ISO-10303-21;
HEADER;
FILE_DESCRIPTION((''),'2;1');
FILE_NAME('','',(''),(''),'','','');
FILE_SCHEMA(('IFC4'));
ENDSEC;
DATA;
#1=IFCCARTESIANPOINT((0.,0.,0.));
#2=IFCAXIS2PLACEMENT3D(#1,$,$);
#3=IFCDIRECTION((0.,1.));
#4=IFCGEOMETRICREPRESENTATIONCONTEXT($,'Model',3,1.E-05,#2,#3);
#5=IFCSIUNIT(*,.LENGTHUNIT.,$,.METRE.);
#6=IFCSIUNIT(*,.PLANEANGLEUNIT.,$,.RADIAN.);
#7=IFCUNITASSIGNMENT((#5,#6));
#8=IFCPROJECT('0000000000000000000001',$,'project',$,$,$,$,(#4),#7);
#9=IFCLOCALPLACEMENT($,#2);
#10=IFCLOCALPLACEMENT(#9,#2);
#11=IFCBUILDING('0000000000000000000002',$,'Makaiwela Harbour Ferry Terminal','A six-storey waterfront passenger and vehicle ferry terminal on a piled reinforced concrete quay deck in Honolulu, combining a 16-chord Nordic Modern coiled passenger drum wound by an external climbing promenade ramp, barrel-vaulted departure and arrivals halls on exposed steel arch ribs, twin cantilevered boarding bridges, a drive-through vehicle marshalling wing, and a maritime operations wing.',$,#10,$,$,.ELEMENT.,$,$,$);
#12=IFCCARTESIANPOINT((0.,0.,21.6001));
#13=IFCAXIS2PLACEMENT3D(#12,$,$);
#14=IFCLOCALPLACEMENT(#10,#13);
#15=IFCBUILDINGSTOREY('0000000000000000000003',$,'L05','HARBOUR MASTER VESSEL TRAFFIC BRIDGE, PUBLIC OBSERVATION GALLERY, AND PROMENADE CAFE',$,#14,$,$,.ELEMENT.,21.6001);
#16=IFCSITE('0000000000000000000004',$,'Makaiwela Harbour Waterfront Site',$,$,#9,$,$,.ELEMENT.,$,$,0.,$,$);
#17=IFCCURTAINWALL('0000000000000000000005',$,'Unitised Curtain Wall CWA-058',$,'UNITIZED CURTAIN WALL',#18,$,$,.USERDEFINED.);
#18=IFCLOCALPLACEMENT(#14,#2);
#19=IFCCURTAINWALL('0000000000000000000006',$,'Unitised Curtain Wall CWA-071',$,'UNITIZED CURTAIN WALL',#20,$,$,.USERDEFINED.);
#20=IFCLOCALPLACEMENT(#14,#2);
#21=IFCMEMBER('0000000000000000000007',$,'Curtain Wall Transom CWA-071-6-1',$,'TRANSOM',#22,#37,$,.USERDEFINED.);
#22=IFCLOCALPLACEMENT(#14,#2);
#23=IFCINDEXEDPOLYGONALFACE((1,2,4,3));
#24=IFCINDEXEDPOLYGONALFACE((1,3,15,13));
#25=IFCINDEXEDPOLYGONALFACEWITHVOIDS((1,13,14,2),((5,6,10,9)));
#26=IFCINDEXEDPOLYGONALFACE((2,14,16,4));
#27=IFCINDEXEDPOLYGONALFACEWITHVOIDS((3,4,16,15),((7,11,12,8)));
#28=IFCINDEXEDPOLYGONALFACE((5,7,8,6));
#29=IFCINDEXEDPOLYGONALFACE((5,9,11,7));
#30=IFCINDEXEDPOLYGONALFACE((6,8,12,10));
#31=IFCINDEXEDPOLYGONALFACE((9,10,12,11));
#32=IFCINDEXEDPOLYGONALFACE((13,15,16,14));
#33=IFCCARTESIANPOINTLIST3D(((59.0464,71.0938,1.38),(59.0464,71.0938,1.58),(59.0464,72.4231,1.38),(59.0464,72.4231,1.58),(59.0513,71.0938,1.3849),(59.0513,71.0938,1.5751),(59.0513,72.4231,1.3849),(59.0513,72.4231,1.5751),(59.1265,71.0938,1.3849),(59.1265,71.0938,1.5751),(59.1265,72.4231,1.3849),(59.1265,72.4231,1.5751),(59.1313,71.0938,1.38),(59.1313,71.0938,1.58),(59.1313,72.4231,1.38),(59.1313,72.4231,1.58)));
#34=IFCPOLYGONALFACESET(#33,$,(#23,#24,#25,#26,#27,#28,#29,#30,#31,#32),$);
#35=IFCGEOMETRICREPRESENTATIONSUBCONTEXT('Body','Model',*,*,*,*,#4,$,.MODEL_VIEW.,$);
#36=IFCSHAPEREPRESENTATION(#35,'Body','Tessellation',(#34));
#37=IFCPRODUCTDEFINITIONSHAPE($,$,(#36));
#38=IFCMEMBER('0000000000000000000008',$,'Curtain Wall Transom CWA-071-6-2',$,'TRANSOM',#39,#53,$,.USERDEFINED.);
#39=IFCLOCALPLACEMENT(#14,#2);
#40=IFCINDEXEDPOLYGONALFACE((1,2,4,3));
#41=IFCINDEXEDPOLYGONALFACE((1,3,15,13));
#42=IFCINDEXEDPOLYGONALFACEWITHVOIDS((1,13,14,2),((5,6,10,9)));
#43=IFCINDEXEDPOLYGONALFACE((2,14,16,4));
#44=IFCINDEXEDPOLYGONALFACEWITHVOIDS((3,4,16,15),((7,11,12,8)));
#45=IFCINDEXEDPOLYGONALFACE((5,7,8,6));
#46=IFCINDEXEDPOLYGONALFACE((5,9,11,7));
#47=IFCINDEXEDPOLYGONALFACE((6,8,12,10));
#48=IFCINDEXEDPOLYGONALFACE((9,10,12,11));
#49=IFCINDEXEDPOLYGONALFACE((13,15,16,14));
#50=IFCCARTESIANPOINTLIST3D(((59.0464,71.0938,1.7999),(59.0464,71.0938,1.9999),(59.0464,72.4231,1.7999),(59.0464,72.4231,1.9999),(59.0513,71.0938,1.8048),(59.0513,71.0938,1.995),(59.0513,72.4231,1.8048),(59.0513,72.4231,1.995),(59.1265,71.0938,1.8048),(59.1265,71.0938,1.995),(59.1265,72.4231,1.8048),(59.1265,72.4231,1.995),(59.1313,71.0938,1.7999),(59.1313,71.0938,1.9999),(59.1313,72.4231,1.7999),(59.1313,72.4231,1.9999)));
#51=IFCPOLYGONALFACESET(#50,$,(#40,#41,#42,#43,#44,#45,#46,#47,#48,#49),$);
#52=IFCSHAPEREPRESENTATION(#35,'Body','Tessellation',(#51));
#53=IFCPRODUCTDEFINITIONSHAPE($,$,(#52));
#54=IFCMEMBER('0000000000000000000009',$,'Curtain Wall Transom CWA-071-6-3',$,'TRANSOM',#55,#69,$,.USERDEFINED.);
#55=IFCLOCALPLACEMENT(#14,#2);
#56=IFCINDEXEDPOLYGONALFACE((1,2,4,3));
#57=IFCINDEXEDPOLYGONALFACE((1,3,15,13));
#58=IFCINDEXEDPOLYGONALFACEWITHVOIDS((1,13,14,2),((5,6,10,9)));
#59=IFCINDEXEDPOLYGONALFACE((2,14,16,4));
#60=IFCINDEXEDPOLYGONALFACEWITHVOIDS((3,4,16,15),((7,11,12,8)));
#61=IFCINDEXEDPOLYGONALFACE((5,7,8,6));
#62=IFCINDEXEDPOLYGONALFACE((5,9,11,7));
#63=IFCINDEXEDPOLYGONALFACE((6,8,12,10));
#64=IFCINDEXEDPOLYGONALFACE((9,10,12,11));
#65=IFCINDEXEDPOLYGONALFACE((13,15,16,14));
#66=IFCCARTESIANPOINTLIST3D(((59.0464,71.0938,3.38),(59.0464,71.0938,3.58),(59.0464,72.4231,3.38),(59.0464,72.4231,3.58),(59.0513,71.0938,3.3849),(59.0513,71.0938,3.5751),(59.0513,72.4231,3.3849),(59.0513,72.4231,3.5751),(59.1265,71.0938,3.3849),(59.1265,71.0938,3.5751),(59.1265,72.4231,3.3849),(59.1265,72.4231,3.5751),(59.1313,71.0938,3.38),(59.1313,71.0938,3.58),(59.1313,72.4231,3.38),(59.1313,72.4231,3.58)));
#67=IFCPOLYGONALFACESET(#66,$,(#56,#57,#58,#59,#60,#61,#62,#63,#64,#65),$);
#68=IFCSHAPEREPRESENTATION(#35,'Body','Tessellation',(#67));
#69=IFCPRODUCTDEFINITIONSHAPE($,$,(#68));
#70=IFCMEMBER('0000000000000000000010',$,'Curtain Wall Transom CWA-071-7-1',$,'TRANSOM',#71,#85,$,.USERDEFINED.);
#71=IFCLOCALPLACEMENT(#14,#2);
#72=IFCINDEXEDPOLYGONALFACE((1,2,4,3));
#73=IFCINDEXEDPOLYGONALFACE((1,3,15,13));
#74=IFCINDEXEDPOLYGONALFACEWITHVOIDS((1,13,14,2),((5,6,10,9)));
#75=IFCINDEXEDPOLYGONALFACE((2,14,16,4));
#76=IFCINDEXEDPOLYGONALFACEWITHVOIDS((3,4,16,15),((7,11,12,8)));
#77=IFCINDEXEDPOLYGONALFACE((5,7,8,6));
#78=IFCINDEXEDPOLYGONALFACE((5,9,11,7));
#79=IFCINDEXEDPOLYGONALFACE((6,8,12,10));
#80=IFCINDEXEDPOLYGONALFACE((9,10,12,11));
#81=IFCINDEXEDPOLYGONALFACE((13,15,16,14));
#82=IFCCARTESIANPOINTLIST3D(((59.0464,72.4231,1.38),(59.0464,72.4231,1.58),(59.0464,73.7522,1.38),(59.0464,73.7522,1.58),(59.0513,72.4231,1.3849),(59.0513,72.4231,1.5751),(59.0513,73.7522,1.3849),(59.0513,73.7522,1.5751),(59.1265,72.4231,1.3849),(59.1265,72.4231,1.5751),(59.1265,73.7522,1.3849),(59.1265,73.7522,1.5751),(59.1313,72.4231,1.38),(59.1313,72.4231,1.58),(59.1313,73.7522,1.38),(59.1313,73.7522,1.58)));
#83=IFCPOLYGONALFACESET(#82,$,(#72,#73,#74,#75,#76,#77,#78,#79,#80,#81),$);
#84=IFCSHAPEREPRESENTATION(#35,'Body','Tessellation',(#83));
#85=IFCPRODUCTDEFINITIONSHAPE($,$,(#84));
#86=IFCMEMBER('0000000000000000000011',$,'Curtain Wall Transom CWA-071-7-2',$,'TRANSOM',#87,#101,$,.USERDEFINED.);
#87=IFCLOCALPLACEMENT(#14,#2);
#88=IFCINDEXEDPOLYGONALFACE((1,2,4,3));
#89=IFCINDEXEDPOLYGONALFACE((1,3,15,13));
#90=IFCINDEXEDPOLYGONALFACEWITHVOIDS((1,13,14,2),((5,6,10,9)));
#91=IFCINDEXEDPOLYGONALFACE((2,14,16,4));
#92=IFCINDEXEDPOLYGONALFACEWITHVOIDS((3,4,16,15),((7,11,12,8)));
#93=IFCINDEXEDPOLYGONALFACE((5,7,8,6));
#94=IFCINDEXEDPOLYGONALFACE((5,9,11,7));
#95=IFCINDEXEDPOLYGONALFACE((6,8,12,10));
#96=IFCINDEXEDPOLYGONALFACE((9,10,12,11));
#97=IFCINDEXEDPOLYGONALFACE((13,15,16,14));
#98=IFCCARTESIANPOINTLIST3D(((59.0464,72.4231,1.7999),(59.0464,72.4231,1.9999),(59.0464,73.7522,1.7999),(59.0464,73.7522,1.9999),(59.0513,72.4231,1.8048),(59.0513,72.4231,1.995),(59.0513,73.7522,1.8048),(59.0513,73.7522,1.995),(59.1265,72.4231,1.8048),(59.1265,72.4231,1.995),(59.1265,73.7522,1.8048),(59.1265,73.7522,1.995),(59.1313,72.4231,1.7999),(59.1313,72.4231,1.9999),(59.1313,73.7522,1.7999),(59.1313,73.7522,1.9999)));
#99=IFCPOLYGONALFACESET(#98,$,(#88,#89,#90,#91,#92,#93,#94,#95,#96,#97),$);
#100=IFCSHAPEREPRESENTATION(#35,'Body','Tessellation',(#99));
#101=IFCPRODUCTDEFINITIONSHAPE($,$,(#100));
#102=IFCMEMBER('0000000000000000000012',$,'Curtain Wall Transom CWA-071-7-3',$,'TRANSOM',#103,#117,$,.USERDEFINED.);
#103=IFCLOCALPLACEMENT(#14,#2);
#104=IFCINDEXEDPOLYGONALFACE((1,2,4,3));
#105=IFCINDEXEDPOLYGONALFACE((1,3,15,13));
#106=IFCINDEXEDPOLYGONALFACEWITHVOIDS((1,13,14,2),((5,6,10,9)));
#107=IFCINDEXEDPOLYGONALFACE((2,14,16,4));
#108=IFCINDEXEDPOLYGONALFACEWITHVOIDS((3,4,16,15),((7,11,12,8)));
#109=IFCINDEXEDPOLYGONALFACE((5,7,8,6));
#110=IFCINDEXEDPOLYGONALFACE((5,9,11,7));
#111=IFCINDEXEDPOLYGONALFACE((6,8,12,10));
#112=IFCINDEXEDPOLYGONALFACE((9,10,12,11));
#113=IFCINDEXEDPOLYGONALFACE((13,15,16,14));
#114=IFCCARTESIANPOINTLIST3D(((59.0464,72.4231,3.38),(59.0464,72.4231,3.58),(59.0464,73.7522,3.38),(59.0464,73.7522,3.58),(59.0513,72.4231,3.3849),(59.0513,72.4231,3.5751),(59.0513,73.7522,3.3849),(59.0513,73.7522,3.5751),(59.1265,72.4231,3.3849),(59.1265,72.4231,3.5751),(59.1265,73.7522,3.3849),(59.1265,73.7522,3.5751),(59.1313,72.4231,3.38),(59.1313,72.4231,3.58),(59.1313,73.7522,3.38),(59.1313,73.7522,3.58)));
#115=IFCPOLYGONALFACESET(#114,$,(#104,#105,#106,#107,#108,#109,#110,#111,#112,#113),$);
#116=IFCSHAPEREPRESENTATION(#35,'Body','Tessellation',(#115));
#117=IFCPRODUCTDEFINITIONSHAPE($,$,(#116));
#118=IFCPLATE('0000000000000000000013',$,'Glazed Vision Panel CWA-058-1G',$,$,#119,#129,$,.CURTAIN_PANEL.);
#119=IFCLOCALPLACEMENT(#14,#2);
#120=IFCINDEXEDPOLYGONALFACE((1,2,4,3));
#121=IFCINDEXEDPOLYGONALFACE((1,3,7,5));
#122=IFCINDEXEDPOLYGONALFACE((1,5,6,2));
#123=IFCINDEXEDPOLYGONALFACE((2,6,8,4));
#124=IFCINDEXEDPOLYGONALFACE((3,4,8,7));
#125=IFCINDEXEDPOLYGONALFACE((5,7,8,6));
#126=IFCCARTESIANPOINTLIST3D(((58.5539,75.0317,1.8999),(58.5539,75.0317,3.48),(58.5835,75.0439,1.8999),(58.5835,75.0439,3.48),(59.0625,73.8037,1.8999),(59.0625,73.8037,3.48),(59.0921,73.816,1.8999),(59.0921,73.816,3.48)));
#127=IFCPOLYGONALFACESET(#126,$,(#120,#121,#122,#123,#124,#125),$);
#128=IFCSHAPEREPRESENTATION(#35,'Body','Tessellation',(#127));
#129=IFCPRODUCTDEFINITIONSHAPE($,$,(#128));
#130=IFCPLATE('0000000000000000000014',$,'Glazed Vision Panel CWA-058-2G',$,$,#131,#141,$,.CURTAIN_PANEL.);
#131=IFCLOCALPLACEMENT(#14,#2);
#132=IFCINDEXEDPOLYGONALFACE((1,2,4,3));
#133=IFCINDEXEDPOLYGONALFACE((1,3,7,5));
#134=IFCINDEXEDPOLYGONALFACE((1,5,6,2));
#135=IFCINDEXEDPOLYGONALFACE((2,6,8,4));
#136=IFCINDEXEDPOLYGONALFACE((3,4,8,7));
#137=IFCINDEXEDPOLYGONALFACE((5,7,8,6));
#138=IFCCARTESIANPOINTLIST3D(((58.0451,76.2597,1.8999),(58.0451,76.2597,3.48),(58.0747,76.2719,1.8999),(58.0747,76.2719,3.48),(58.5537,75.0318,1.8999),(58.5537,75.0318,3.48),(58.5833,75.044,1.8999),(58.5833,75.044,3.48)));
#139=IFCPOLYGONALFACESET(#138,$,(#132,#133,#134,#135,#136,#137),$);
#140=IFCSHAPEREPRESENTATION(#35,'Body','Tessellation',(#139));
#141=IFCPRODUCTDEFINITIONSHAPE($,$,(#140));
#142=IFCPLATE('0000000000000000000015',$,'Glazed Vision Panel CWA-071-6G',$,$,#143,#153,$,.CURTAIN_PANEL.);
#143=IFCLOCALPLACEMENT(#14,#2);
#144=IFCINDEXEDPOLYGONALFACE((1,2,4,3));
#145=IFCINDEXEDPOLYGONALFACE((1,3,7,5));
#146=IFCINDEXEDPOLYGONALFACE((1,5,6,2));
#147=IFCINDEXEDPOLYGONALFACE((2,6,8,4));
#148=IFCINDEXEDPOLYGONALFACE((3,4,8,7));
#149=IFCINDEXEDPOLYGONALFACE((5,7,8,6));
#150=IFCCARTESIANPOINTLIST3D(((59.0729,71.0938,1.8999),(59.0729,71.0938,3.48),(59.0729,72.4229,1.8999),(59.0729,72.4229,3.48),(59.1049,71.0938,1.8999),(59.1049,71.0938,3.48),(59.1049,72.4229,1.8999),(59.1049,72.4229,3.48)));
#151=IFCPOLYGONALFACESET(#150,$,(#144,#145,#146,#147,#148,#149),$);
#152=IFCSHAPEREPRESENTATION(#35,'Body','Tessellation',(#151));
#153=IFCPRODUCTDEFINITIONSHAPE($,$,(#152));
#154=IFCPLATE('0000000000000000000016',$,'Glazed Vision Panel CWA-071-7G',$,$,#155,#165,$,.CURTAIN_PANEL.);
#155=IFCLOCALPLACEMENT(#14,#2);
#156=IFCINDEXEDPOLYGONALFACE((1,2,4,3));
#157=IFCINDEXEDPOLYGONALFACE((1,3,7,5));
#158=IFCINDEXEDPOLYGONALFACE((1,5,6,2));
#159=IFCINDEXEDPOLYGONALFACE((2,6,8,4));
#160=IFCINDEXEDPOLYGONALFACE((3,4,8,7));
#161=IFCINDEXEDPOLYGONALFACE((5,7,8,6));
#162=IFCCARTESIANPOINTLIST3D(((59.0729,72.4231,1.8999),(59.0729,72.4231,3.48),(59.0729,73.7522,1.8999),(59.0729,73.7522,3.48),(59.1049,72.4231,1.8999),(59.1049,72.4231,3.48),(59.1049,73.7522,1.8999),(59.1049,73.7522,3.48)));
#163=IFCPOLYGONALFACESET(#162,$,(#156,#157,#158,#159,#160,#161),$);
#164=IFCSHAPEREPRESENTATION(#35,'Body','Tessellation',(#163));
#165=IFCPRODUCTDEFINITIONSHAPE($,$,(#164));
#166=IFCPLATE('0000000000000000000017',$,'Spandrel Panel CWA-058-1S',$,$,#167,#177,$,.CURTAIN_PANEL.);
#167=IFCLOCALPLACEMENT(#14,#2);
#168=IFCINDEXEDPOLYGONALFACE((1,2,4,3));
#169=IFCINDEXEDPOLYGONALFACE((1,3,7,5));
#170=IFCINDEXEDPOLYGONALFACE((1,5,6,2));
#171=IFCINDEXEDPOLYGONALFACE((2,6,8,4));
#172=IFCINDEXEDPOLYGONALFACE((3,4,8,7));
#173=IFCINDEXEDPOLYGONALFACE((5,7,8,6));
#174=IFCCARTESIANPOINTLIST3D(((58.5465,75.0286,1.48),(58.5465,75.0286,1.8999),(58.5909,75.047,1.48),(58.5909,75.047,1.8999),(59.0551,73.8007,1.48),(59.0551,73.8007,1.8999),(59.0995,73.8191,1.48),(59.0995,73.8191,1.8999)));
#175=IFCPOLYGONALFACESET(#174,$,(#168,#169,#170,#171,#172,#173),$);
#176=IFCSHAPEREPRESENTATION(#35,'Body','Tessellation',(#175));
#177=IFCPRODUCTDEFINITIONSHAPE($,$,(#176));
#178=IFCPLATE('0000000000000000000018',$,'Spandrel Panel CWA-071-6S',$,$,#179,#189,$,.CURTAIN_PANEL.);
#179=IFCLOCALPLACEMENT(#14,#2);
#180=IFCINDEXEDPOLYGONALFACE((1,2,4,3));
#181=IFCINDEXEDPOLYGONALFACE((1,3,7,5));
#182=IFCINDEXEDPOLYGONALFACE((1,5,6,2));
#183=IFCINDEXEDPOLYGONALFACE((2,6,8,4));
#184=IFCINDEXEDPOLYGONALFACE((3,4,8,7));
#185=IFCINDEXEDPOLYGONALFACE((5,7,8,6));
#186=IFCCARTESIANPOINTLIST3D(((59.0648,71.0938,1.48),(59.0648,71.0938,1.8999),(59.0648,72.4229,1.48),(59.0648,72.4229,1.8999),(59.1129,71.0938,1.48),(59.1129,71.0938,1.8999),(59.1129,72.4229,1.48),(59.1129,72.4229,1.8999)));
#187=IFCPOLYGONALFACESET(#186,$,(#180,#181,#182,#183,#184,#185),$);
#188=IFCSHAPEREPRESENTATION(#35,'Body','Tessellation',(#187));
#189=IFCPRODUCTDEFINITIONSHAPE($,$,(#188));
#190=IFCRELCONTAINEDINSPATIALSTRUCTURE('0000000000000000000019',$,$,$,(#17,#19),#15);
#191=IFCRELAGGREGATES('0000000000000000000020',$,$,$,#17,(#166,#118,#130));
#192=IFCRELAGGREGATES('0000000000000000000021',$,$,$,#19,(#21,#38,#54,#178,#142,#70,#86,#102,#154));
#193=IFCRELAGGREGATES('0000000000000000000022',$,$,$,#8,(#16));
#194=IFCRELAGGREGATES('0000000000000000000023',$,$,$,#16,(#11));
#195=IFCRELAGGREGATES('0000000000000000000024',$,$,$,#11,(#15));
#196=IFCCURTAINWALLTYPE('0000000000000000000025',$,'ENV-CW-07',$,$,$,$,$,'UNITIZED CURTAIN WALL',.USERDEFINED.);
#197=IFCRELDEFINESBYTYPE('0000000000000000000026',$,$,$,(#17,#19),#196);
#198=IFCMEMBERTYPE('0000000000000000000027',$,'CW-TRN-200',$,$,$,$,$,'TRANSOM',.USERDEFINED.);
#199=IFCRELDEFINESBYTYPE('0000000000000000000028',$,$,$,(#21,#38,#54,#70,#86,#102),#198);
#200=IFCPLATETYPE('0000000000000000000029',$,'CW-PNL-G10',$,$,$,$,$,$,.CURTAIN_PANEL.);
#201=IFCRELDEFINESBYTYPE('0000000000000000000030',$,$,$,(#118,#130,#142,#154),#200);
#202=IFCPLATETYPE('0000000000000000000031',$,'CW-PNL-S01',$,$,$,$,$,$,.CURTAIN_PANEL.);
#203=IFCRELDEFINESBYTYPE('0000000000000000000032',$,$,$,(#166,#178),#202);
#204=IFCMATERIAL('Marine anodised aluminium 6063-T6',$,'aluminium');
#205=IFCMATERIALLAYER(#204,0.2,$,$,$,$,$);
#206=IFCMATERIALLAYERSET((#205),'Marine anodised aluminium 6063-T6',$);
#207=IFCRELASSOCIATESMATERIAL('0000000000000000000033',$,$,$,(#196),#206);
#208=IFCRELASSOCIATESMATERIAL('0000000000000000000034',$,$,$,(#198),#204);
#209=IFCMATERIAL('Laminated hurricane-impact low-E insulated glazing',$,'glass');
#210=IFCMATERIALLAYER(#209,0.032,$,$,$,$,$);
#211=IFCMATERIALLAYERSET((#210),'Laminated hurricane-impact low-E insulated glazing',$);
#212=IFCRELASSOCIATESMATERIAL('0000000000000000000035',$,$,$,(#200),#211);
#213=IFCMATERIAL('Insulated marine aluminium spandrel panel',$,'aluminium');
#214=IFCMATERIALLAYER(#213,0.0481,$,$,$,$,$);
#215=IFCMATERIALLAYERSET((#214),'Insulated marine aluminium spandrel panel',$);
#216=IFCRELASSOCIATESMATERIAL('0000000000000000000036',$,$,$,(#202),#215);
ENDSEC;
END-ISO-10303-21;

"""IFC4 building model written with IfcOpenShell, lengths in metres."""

from ifc_helpers import new_model, si_unit, direction, frame, origin, origin_2d, place, context, subcontext, project, spatial, rectangle, hollow_rectangle, extrude, material, layer, layer_set, material_profile, profile_set, type_object, element, aggregate, save


model = new_model("IFC4")

# Units and contexts
model_context = context("Model", 3, precision=1e-05, world=origin(), true_north=direction((0.0, 1.0)))
body_context = subcontext(model_context, "Body", "Model", "MODEL_VIEW")
ifc_project = project(units=[si_unit("LENGTHUNIT", "METRE"), si_unit("PLANEANGLEUNIT", "RADIAN")], contexts=[model_context])

# Site, building, storey
site_placement = place(None, origin())
site = spatial("IfcSite", under=ifc_project, at=site_placement, Name="Makaiwela Harbour Waterfront Site", CompositionType="ELEMENT", RefElevation=0.0)
building_placement = place(site_placement, origin())
building = spatial("IfcBuilding", under=site, at=building_placement, Name="Makaiwela Harbour Ferry Terminal", Description="A six-storey waterfront passenger and vehicle ferry terminal on a piled reinforced concrete quay deck in Honolulu, combining a 16-chord Nordic Modern coiled passenger drum wound by an external climbing promenade ramp, barrel-vaulted departure and arrivals halls on exposed steel arch ribs, twin cantilevered boarding bridges, a drive-through vehicle marshalling wing, and a maritime operations wing.", CompositionType="ELEMENT")
storey_placement = place(building_placement, frame((0.0, 0.0, 21.6001)))
storey = spatial("IfcBuildingStorey", under=building, at=storey_placement, Name="L05", Description="HARBOUR MASTER VESSEL TRAFFIC BRIDGE, PUBLIC OBSERVATION GALLERY, AND PROMENADE CAFE", CompositionType="ELEMENT", Elevation=21.6001)

# Curtain walls
ifc_material_1 = material(Name="Marine anodised aluminium 6063-T6", Category="aluminium")
ifc_layer_1 = layer(ifc_material_1, 0.2)
ifc_layer_set_1 = layer_set([ifc_layer_1], Name="Marine anodised aluminium 6063-T6")
curtain_wall_type = type_object("IfcCurtainWallType", Name="ENV-CW-07", ElementType="UNITIZED CURTAIN WALL", PredefinedType="USERDEFINED", material=ifc_layer_set_1)
curtain_wall_1_placement = place(storey_placement, origin())
curtain_wall_1 = element("IfcCurtainWall", 1, at=curtain_wall_1_placement, inside=storey, type_object=curtain_wall_type, Name="Unitised Curtain Wall CWA-058", ObjectType="UNITIZED CURTAIN WALL", PredefinedType="USERDEFINED")
curtain_wall_2_placement = place(storey_placement, origin())
curtain_wall_2 = element("IfcCurtainWall", 2, at=curtain_wall_2_placement, inside=storey, type_object=curtain_wall_type, Name="Unitised Curtain Wall CWA-071", ObjectType="UNITIZED CURTAIN WALL", PredefinedType="USERDEFINED")

# Members
ifc_material_profile_1 = material_profile(ifc_material_1, hollow_rectangle(XDim=0.085, YDim=0.2, WallThickness=0.0049, at=origin_2d()), Name="CWT-200X85")
ifc_profile_set_1 = profile_set([ifc_material_profile_1], Name="Marine anodised aluminium 6063-T6")
member_type_1 = type_object("IfcMemberType", Name="CW-TRN-200", ElementType="TRANSOM", PredefinedType="USERDEFINED", material=ifc_profile_set_1)
member_1_placement = place(storey_placement, frame((59.0889, 71.0938, 1.48), z_axis=(0.0, 1.0, 0.0), x_axis=(-1.0, 0.0, 0.0)))
member_1 = element("IfcMember", 3, at=member_1_placement, type_object=member_type_1, Name="Curtain Wall Transom CWA-071-6-1", ObjectType="TRANSOM", PredefinedType="USERDEFINED", context=body_context, shape_type="SweptSolid", body=[
    extrude(hollow_rectangle(XDim=0.085, YDim=0.2, WallThickness=0.0049, at=origin_2d()), origin(), (0.0, 0.0, 1.0), 1.3293),
])
member_2_placement = place(storey_placement, frame((59.0889, 71.0938, 1.8999), z_axis=(0.0, 1.0, 0.0), x_axis=(-1.0, 0.0, 0.0)))
member_2 = element("IfcMember", 4, at=member_2_placement, type_object=member_type_1, Name="Curtain Wall Transom CWA-071-6-2", ObjectType="TRANSOM", PredefinedType="USERDEFINED", context=body_context, shape_type="SweptSolid", body=[
    extrude(hollow_rectangle(XDim=0.085, YDim=0.2, WallThickness=0.0049, at=origin_2d()), origin(), (0.0, 0.0, 1.0), 1.3293),
])
member_3_placement = place(storey_placement, frame((59.0889, 71.0938, 3.48), z_axis=(0.0, 1.0, 0.0), x_axis=(-1.0, 0.0, 0.0)))
member_3 = element("IfcMember", 5, at=member_3_placement, type_object=member_type_1, Name="Curtain Wall Transom CWA-071-6-3", ObjectType="TRANSOM", PredefinedType="USERDEFINED", context=body_context, shape_type="SweptSolid", body=[
    extrude(hollow_rectangle(XDim=0.085, YDim=0.2, WallThickness=0.0049, at=origin_2d()), origin(), (0.0, 0.0, 1.0), 1.3293),
])
member_4_placement = place(storey_placement, frame((59.0889, 72.4231, 1.48), z_axis=(0.0, 1.0, 0.0), x_axis=(-1.0, 0.0, 0.0)))
member_4 = element("IfcMember", 6, at=member_4_placement, type_object=member_type_1, Name="Curtain Wall Transom CWA-071-7-1", ObjectType="TRANSOM", PredefinedType="USERDEFINED", context=body_context, shape_type="SweptSolid", body=[
    extrude(hollow_rectangle(XDim=0.085, YDim=0.2, WallThickness=0.0049, at=origin_2d()), origin(), (0.0, 0.0, 1.0), 1.3291),
])
member_5_placement = place(storey_placement, frame((59.0889, 72.4231, 1.8999), z_axis=(0.0, 1.0, 0.0), x_axis=(-1.0, 0.0, 0.0)))
member_5 = element("IfcMember", 7, at=member_5_placement, type_object=member_type_1, Name="Curtain Wall Transom CWA-071-7-2", ObjectType="TRANSOM", PredefinedType="USERDEFINED", context=body_context, shape_type="SweptSolid", body=[
    extrude(hollow_rectangle(XDim=0.085, YDim=0.2, WallThickness=0.0049, at=origin_2d()), origin(), (0.0, 0.0, 1.0), 1.3291),
])
member_6_placement = place(storey_placement, frame((59.0889, 72.4231, 3.48), z_axis=(0.0, 1.0, 0.0), x_axis=(-1.0, 0.0, 0.0)))
member_6 = element("IfcMember", 8, at=member_6_placement, type_object=member_type_1, Name="Curtain Wall Transom CWA-071-7-3", ObjectType="TRANSOM", PredefinedType="USERDEFINED", context=body_context, shape_type="SweptSolid", body=[
    extrude(hollow_rectangle(XDim=0.085, YDim=0.2, WallThickness=0.0049, at=origin_2d()), origin(), (0.0, 0.0, 1.0), 1.3291),
])

# Plates
ifc_material_2 = material(Name="Laminated hurricane-impact low-E insulated glazing", Category="glass")
ifc_layer_2 = layer(ifc_material_2, 0.032)
ifc_layer_set_2 = layer_set([ifc_layer_2], Name="Laminated hurricane-impact low-E insulated glazing")
plate_type_1 = type_object("IfcPlateType", Name="CW-PNL-G10", PredefinedType="CURTAIN_PANEL", material=ifc_layer_set_2)
plate_1_placement = place(storey_placement, frame((58.823, 74.4238, 1.8999), z_axis=(0.0, 0.0, 1.0), x_axis=(-0.382683, 0.92388, 0.0)))
plate_1 = element("IfcPlate", 9, at=plate_1_placement, type_object=plate_type_1, Name="Glazed Vision Panel CWA-058-1G", PredefinedType="CURTAIN_PANEL", context=body_context, shape_type="SweptSolid", body=[
    extrude(rectangle(XDim=1.3291, YDim=0.032, at=origin_2d()), origin(), (0.0, 0.0, 1.0), 1.5801),
])
plate_2_placement = place(storey_placement, frame((58.3142, 75.6519, 1.8999), z_axis=(0.0, 0.0, 1.0), x_axis=(-0.382683, 0.92388, 0.0)))
plate_2 = element("IfcPlate", 10, at=plate_2_placement, type_object=plate_type_1, Name="Glazed Vision Panel CWA-058-2G", PredefinedType="CURTAIN_PANEL", context=body_context, shape_type="SweptSolid", body=[
    extrude(rectangle(XDim=1.3291, YDim=0.032, at=origin_2d()), origin(), (0.0, 0.0, 1.0), 1.5801),
])
plate_3_placement = place(storey_placement, frame((59.0889, 71.7583, 1.8999), z_axis=(0.0, 0.0, 1.0), x_axis=(0.0, 1.0, 0.0)))
plate_3 = element("IfcPlate", 11, at=plate_3_placement, type_object=plate_type_1, Name="Glazed Vision Panel CWA-071-6G", PredefinedType="CURTAIN_PANEL", context=body_context, shape_type="SweptSolid", body=[
    extrude(rectangle(XDim=1.3291, YDim=0.032, at=origin_2d()), origin(), (0.0, 0.0, 1.0), 1.5801),
])
plate_4_placement = place(storey_placement, frame((59.0889, 73.0876, 1.8999), z_axis=(0.0, 0.0, 1.0), x_axis=(0.0, 1.0, 0.0)))
plate_4 = element("IfcPlate", 12, at=plate_4_placement, type_object=plate_type_1, Name="Glazed Vision Panel CWA-071-7G", PredefinedType="CURTAIN_PANEL", context=body_context, shape_type="SweptSolid", body=[
    extrude(rectangle(XDim=1.3291, YDim=0.032, at=origin_2d()), origin(), (0.0, 0.0, 1.0), 1.5801),
])
ifc_material_3 = material(Name="Insulated marine aluminium spandrel panel", Category="aluminium")
ifc_layer_3 = layer(ifc_material_3, 0.0481)
ifc_layer_set_3 = layer_set([ifc_layer_3], Name="Insulated marine aluminium spandrel panel")
plate_type_2 = type_object("IfcPlateType", Name="CW-PNL-S01", PredefinedType="CURTAIN_PANEL", material=ifc_layer_set_3)
plate_5_placement = place(storey_placement, frame((58.823, 74.4238, 1.48), z_axis=(0.0, 0.0, 1.0), x_axis=(-0.382683, 0.92388, 0.0)))
plate_5 = element("IfcPlate", 13, at=plate_5_placement, type_object=plate_type_2, Name="Spandrel Panel CWA-058-1S", PredefinedType="CURTAIN_PANEL", context=body_context, shape_type="SweptSolid", body=[
    extrude(rectangle(XDim=1.3291, YDim=0.0481, at=origin_2d()), origin(), (0.0, 0.0, 1.0), 0.4199),
])
aggregate(curtain_wall_1, [plate_5, plate_1, plate_2])
plate_6_placement = place(storey_placement, frame((59.0889, 71.7583, 1.48), z_axis=(0.0, 0.0, 1.0), x_axis=(0.0, 1.0, 0.0)))
plate_6 = element("IfcPlate", 14, at=plate_6_placement, type_object=plate_type_2, Name="Spandrel Panel CWA-071-6S", PredefinedType="CURTAIN_PANEL", context=body_context, shape_type="SweptSolid", body=[
    extrude(rectangle(XDim=1.3291, YDim=0.0481, at=origin_2d()), origin(), (0.0, 0.0, 1.0), 0.4199),
])
aggregate(curtain_wall_2, [member_1, member_2, member_3, plate_6, plate_3, member_4, member_5, member_6, plate_4])

save(model, "model.ifc")
